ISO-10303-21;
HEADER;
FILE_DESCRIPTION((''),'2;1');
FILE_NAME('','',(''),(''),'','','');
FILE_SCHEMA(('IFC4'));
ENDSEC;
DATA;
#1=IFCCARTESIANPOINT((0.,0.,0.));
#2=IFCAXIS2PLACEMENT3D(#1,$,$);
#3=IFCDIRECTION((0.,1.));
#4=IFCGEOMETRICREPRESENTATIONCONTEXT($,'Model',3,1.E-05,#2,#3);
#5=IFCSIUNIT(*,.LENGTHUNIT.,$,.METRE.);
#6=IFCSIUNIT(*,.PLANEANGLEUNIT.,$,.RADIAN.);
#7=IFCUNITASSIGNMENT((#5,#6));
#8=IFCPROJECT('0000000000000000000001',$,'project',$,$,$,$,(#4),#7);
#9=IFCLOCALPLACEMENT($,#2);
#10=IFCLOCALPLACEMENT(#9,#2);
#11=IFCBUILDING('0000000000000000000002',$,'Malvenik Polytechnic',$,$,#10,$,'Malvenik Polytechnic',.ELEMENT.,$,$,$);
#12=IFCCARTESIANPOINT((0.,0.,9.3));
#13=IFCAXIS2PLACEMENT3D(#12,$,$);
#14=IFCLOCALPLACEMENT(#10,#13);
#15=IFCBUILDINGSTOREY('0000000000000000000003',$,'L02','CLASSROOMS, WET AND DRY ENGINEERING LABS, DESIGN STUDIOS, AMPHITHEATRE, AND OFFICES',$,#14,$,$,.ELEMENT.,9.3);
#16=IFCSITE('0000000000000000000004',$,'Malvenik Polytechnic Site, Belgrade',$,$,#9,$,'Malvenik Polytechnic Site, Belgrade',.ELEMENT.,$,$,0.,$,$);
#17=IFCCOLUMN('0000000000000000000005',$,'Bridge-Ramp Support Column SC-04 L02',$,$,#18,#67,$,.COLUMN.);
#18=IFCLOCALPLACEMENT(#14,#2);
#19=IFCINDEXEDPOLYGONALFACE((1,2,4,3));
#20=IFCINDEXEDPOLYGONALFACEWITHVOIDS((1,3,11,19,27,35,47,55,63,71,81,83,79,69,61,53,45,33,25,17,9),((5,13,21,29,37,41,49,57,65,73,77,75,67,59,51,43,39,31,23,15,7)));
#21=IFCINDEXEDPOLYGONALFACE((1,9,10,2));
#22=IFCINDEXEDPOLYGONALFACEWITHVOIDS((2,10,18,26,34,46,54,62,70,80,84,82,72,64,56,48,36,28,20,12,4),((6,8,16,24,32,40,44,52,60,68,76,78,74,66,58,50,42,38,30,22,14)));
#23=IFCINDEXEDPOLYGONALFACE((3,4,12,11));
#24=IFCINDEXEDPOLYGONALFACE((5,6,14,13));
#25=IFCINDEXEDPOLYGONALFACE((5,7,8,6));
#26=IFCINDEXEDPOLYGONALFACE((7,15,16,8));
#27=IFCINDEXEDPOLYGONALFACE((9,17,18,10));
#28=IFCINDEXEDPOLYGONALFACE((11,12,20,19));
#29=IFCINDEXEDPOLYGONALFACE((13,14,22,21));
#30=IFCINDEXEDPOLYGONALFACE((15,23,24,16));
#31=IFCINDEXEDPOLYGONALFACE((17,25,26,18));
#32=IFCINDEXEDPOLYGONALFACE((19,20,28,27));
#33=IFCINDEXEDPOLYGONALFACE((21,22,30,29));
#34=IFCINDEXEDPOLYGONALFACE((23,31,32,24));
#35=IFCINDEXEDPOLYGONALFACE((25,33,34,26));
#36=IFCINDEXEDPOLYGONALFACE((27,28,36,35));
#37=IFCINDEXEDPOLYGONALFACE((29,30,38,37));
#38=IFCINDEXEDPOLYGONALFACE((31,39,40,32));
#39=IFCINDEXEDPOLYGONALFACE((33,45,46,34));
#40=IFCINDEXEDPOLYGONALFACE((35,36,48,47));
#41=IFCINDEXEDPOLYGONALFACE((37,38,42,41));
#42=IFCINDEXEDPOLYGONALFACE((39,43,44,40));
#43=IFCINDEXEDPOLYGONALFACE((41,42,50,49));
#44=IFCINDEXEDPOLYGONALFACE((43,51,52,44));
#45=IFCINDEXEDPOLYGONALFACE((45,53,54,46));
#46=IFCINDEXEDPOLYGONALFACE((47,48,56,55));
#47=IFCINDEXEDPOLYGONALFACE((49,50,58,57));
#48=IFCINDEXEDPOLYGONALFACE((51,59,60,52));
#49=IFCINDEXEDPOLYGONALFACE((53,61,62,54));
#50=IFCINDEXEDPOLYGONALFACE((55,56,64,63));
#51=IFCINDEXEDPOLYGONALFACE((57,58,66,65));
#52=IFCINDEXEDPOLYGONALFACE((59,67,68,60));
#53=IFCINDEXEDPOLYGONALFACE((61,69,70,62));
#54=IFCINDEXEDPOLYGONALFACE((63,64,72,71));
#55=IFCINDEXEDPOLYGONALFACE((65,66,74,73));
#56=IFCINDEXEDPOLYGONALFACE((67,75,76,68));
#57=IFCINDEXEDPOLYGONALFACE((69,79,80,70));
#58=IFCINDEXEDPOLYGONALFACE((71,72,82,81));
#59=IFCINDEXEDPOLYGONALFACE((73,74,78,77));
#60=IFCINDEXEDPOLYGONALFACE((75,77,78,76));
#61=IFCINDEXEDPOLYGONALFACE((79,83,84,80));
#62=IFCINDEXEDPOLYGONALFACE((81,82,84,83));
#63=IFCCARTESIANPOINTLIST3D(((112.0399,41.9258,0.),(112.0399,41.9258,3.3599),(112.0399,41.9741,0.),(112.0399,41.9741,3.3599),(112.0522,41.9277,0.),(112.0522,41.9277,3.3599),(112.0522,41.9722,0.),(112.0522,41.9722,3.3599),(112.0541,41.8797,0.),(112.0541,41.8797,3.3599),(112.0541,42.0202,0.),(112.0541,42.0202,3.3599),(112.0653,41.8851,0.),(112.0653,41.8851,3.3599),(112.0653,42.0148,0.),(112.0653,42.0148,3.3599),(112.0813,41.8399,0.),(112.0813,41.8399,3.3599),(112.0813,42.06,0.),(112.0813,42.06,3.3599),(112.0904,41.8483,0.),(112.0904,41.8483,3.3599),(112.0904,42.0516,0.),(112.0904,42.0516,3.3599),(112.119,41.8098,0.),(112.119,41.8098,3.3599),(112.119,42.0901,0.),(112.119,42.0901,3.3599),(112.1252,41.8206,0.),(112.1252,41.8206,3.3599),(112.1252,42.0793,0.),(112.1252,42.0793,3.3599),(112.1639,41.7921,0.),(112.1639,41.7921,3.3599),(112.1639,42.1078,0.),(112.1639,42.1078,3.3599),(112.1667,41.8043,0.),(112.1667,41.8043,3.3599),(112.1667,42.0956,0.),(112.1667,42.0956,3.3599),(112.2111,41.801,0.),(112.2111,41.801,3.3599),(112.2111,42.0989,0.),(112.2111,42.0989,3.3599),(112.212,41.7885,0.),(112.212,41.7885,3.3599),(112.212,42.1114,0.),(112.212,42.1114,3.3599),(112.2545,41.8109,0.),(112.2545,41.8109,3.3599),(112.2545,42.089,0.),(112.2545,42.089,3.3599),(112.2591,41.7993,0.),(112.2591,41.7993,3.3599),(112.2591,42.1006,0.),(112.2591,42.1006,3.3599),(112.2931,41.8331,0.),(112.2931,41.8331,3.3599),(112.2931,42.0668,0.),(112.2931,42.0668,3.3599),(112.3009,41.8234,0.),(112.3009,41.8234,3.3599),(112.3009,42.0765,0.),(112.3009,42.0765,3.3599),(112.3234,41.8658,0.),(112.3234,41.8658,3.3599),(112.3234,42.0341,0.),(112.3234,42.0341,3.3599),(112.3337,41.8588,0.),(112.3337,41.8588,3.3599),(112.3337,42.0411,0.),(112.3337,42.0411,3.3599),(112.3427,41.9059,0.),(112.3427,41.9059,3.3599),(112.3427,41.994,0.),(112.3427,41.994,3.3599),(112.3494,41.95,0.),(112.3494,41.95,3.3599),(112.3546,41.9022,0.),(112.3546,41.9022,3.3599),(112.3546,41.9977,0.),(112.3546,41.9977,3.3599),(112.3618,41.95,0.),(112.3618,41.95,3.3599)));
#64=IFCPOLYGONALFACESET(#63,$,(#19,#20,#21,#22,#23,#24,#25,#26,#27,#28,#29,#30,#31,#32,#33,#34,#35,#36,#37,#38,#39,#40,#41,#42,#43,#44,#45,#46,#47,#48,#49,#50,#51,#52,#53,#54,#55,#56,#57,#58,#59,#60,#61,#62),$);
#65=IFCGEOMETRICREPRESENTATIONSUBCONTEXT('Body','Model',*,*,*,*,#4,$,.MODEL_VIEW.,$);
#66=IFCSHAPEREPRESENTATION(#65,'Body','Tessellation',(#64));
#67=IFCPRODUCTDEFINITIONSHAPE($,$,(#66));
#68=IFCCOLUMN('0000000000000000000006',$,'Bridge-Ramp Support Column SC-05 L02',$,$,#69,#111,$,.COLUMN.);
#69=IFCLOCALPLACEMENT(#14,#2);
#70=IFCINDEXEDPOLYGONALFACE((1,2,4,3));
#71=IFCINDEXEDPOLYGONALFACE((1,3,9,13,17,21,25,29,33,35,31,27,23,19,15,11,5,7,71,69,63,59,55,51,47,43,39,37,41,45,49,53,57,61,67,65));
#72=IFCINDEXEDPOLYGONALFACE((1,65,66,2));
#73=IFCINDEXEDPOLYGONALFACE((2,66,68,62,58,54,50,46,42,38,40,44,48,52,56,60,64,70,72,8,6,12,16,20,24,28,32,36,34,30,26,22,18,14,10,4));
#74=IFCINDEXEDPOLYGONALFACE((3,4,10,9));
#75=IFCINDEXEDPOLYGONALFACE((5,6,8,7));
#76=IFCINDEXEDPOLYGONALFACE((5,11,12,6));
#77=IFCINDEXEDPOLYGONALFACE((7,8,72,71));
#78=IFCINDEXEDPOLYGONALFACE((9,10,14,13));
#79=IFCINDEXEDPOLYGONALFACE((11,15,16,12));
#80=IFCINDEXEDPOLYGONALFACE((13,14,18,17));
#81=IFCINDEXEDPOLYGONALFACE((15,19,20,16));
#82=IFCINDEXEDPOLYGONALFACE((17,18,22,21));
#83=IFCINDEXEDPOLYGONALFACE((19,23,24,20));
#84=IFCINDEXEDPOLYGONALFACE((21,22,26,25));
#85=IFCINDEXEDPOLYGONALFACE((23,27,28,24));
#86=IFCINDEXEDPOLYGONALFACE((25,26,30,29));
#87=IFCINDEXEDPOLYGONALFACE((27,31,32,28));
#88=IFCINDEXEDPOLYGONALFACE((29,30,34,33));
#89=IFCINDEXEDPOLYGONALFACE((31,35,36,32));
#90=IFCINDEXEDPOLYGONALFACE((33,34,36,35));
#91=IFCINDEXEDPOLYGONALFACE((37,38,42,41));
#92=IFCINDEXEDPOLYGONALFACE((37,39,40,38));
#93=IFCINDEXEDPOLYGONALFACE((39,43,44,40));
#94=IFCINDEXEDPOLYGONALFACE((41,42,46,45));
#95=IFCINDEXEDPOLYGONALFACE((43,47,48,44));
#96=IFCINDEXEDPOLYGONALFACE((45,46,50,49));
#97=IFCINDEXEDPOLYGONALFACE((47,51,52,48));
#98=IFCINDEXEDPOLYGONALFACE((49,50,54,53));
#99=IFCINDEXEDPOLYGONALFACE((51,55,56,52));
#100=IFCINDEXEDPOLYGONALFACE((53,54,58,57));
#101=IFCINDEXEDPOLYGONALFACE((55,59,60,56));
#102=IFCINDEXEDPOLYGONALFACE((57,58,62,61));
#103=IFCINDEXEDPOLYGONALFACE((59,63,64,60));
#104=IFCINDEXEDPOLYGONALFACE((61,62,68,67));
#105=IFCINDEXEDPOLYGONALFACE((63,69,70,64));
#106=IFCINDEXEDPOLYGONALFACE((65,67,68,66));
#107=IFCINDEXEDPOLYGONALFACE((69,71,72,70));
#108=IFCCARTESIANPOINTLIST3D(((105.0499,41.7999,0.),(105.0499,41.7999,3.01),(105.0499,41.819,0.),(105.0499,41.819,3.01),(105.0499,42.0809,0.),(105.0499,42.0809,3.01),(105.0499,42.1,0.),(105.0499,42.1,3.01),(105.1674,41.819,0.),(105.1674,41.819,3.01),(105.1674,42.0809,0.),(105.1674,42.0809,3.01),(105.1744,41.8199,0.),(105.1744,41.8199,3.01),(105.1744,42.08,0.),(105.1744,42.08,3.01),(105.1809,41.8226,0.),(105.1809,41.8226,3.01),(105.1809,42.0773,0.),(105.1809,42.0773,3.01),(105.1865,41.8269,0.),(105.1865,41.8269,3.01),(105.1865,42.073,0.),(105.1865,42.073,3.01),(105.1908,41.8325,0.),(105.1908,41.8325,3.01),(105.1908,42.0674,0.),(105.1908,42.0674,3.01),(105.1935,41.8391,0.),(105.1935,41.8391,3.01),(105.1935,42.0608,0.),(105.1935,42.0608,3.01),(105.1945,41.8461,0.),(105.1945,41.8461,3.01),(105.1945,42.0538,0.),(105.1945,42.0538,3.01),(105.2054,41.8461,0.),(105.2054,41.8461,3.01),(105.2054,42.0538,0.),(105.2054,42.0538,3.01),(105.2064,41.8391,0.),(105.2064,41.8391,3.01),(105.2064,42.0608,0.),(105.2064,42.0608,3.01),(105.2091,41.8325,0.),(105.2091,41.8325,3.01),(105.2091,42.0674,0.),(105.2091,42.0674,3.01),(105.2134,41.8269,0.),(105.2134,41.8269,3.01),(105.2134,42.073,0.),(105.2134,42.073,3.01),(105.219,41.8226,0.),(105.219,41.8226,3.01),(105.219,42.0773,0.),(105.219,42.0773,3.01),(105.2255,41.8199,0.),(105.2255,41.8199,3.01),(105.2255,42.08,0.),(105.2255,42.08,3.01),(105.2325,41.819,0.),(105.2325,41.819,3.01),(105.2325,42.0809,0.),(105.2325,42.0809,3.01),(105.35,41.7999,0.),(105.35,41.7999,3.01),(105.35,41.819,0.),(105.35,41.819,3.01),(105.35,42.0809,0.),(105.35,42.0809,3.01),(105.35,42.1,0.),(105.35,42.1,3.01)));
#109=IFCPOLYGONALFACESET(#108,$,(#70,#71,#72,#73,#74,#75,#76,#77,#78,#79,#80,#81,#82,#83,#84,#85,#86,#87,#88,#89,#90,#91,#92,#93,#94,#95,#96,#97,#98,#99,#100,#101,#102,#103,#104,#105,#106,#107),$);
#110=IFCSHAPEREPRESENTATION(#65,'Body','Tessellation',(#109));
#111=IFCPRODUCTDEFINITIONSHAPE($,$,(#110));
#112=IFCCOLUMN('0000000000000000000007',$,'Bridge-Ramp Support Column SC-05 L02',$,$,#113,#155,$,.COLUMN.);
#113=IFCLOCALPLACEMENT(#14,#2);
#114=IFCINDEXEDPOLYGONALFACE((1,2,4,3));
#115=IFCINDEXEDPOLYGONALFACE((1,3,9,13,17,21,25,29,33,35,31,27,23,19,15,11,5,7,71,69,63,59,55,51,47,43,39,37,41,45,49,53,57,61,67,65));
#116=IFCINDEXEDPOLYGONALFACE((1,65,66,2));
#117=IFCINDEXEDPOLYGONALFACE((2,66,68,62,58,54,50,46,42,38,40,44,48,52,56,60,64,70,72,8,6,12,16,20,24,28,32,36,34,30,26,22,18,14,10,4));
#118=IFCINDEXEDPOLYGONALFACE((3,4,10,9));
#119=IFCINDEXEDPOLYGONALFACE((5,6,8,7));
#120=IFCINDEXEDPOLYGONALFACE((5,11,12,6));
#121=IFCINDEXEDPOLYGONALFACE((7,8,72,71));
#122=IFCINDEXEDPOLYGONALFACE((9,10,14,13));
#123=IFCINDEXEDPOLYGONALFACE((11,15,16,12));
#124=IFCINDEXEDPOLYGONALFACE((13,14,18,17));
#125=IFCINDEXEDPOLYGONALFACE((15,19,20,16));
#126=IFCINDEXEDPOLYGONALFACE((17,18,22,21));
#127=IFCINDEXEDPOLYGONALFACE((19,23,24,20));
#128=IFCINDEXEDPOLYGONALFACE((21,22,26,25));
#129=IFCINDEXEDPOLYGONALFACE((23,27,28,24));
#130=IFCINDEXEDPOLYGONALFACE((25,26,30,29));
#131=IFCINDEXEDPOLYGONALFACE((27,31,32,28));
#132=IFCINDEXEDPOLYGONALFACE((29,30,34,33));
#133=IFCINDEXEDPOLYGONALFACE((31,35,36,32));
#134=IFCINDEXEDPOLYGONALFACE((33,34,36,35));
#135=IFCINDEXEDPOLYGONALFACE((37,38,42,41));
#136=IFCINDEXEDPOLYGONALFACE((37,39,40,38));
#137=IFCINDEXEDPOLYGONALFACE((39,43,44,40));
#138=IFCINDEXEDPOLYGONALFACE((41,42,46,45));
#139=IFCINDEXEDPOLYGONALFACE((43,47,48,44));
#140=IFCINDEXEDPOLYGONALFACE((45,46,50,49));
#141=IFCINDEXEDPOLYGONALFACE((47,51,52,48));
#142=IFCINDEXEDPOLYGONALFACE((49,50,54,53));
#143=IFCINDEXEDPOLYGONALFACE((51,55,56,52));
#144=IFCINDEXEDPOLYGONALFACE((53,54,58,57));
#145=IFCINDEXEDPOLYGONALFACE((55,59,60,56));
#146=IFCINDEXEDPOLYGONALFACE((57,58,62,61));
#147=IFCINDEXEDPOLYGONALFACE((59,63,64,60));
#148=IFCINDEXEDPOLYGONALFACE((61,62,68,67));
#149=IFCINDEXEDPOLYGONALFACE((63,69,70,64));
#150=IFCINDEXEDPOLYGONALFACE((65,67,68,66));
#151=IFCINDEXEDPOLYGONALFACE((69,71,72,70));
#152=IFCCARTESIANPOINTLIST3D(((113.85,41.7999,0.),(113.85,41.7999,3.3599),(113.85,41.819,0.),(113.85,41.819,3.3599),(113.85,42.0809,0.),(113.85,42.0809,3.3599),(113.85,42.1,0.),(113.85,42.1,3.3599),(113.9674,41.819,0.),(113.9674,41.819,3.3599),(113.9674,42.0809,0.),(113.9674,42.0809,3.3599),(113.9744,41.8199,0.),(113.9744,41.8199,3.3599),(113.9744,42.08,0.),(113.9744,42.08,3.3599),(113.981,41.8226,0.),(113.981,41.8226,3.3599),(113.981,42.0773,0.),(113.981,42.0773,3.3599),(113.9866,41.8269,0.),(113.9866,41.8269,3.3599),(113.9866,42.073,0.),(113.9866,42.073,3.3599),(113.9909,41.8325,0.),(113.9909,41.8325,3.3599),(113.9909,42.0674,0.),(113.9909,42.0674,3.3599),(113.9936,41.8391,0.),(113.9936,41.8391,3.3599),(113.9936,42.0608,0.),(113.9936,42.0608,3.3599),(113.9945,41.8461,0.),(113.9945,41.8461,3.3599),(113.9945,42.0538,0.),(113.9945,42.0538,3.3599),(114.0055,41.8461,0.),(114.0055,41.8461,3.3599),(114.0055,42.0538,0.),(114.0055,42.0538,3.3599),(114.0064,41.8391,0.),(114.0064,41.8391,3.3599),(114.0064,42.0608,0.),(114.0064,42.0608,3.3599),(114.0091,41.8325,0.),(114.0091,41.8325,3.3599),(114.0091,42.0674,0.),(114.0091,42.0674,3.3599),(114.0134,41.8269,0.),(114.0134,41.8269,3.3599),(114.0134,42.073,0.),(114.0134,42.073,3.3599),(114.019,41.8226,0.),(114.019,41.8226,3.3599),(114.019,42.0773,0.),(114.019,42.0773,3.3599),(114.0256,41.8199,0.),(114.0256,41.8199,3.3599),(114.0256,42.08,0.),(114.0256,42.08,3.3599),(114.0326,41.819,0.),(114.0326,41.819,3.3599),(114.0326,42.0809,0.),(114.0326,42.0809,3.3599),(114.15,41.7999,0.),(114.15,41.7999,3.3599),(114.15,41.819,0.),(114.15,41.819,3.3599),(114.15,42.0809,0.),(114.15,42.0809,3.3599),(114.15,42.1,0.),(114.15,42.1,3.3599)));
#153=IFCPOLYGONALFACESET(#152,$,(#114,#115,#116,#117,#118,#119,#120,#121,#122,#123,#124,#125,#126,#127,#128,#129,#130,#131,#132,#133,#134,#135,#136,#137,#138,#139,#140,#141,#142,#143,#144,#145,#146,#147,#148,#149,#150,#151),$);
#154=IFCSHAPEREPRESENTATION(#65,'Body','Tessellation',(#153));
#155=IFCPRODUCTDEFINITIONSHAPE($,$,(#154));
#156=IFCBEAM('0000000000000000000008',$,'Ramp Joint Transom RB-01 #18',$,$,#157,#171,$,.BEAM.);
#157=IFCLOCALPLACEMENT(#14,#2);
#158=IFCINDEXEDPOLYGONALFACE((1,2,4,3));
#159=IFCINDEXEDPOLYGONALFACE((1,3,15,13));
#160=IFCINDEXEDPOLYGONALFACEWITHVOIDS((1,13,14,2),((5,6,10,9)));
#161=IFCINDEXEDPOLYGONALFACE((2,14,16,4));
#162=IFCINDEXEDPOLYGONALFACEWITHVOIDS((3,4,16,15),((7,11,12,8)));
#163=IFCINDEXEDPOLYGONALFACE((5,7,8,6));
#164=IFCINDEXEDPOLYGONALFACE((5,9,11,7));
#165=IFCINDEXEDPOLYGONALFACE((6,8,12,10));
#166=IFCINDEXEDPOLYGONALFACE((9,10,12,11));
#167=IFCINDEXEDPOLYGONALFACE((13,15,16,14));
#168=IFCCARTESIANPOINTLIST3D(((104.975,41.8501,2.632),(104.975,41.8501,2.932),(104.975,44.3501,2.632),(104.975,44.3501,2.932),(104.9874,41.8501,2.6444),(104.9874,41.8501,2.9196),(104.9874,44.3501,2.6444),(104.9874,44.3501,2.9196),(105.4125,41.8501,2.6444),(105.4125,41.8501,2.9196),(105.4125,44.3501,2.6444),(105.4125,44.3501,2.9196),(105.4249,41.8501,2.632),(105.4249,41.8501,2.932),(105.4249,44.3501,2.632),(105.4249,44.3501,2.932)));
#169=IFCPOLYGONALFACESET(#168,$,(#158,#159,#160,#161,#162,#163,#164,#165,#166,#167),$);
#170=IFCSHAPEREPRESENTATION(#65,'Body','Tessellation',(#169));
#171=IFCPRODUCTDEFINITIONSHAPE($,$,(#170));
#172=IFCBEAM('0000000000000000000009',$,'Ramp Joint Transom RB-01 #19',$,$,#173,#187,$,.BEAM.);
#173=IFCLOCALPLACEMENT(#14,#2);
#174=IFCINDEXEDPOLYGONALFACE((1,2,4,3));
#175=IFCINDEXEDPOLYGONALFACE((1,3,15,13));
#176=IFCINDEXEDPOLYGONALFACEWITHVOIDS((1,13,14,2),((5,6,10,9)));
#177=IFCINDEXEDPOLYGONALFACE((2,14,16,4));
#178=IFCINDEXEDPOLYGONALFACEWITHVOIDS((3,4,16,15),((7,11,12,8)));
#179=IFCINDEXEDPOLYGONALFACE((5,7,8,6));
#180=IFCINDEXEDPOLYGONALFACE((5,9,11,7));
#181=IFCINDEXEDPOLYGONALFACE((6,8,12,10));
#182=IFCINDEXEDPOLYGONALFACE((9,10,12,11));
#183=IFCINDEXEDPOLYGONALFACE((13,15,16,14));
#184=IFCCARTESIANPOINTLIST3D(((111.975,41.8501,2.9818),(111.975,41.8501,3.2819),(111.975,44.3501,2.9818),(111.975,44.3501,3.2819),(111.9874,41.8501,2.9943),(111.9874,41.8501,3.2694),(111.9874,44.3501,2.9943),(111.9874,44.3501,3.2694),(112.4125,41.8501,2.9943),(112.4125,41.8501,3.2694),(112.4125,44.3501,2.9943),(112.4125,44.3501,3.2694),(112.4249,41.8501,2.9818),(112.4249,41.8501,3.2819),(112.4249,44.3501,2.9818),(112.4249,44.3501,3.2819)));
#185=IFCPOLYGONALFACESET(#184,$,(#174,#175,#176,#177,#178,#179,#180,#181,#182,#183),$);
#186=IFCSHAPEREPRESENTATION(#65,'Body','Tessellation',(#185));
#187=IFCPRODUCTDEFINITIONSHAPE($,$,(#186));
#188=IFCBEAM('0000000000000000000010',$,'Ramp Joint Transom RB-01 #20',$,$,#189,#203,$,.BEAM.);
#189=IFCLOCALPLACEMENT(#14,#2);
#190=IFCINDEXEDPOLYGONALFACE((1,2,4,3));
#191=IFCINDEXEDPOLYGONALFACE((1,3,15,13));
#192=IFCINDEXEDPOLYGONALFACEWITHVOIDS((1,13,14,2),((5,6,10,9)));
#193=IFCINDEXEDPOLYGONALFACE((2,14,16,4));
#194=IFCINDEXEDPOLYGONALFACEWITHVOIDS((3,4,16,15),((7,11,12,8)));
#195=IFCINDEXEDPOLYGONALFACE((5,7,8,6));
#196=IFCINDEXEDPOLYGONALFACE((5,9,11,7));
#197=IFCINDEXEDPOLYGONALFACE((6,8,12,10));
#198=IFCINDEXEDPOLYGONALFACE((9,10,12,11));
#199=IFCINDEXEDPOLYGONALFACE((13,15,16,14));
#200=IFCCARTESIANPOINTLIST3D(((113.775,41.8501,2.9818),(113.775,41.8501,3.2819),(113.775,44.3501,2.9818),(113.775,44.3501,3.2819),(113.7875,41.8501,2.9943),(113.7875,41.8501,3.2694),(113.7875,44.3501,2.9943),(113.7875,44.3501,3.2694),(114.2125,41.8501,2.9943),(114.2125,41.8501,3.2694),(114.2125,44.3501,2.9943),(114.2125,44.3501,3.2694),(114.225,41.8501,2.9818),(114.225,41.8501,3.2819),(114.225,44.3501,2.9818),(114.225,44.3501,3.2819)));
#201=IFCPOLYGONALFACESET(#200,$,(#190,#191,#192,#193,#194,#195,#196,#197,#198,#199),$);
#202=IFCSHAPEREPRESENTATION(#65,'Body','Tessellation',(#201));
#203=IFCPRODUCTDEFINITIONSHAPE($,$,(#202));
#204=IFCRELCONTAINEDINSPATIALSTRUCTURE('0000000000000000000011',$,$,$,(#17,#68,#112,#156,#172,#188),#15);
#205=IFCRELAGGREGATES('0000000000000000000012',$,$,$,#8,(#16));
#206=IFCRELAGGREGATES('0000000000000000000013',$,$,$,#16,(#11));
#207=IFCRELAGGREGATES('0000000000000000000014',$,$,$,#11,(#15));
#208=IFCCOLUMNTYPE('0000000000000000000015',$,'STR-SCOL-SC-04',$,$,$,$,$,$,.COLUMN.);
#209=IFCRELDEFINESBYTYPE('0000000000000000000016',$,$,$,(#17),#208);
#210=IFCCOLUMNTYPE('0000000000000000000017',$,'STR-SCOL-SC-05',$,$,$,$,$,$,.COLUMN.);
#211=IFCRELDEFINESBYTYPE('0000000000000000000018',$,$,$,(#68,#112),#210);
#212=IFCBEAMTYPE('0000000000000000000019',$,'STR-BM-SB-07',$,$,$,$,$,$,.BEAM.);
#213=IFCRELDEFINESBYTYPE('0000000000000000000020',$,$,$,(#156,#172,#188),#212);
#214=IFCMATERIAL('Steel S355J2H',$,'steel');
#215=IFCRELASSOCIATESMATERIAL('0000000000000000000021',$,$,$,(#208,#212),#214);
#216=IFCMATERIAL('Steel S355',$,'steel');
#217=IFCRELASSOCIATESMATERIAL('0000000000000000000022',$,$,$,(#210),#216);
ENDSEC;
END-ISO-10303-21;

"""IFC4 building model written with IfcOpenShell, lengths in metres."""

from ifc_helpers import new_model, si_unit, direction, frame, origin, origin_2d, place, context, subcontext, project, spatial, hollow_rectangle, hollow_circle, i_section, extrude, material, material_profile, profile_set, type_object, element, save


model = new_model("IFC4")

# Units and contexts
model_context = context("Model", 3, precision=1e-05, world=origin(), true_north=direction((0.0, 1.0)))
body_context = subcontext(model_context, "Body", "Model", "MODEL_VIEW")
ifc_project = project(units=[si_unit("LENGTHUNIT", "METRE"), si_unit("PLANEANGLEUNIT", "RADIAN")], contexts=[model_context])

# Site, building, storey
site_placement = place(None, origin())
site = spatial("IfcSite", under=ifc_project, at=site_placement, Name="Malvenik Polytechnic Site, Belgrade", LongName="Malvenik Polytechnic Site, Belgrade", CompositionType="ELEMENT", RefElevation=0.0)
building_placement = place(site_placement, origin())
building = spatial("IfcBuilding", under=site, at=building_placement, Name="Malvenik Polytechnic", LongName="Malvenik Polytechnic", CompositionType="ELEMENT")
storey_placement = place(building_placement, frame((0.0, 0.0, 9.3)))
storey = spatial("IfcBuildingStorey", under=building, at=storey_placement, Name="L02", Description="CLASSROOMS, WET AND DRY ENGINEERING LABS, DESIGN STUDIOS, AMPHITHEATRE, AND OFFICES", CompositionType="ELEMENT", Elevation=9.3)

# Columns
ifc_material_1 = material(Name="Steel S355J2H", Category="steel")
ifc_material_profile_1 = material_profile(ifc_material_1, hollow_circle(Radius=0.1619, WallThickness=0.0125, at=origin_2d()), Name="CHS 323.9x12.5")
ifc_profile_set_1 = profile_set([ifc_material_profile_1], Name="Steel S355J2H")
column_type_1 = type_object("IfcColumnType", Name="STR-SCOL-SC-04", PredefinedType="COLUMN", material=ifc_profile_set_1)
column_1_placement = place(storey_placement, frame((112.2, 41.95, 0.0), z_axis=(0.0, 0.0, 1.0), x_axis=(1.0, 0.0, 0.0)))
element("IfcColumn", 1, at=column_1_placement, inside=storey, type_object=column_type_1, Name="Bridge-Ramp Support Column SC-04 L02", PredefinedType="COLUMN", context=body_context, shape_type="SweptSolid", body=[
    extrude(hollow_circle(Radius=0.1619, WallThickness=0.0125, at=origin_2d()), origin(), (0.0, 0.0, 1.0), 3.3599),
])
ifc_material_2 = material(Name="Steel S355", Category="steel")
ifc_material_profile_2 = material_profile(ifc_material_2, i_section(OverallWidth=0.3, OverallDepth=0.3, WebThickness=0.011, FlangeThickness=0.019, FilletRadius=0.0271, at=origin_2d()), Name="HEB 300")
ifc_profile_set_2 = profile_set([ifc_material_profile_2], Name="Steel S355")
column_type_2 = type_object("IfcColumnType", Name="STR-SCOL-SC-05", PredefinedType="COLUMN", material=ifc_profile_set_2)
column_2_placement = place(storey_placement, frame((105.2, 41.95, 0.0), z_axis=(0.0, 0.0, 1.0), x_axis=(1.0, 0.0, 0.0)))
element("IfcColumn", 2, at=column_2_placement, inside=storey, type_object=column_type_2, Name="Bridge-Ramp Support Column SC-05 L02", PredefinedType="COLUMN", context=body_context, shape_type="SweptSolid", body=[
    extrude(i_section(OverallWidth=0.3, OverallDepth=0.3, WebThickness=0.011, FlangeThickness=0.019, FilletRadius=0.0271, at=origin_2d()), origin(), (0.0, 0.0, 1.0), 3.01),
])
column_3_placement = place(storey_placement, frame((114.0, 41.95, 0.0), z_axis=(0.0, 0.0, 1.0), x_axis=(1.0, 0.0, 0.0)))
element("IfcColumn", 3, at=column_3_placement, inside=storey, type_object=column_type_2, Name="Bridge-Ramp Support Column SC-05 L02", PredefinedType="COLUMN", context=body_context, shape_type="SweptSolid", body=[
    extrude(i_section(OverallWidth=0.3, OverallDepth=0.3, WebThickness=0.011, FlangeThickness=0.019, FilletRadius=0.0271, at=origin_2d()), origin(), (0.0, 0.0, 1.0), 3.3599),
])

# Beams
ifc_material_profile_3 = material_profile(ifc_material_1, hollow_rectangle(XDim=0.45, YDim=0.3, WallThickness=0.0125, at=origin_2d()), Name="RHS 450x300x12.5")
ifc_profile_set_3 = profile_set([ifc_material_profile_3], Name="Steel S355J2H")
beam_type = type_object("IfcBeamType", Name="STR-BM-SB-07", PredefinedType="BEAM", material=ifc_profile_set_3)
for number, where, z_axis, x_axis, name in (
    (4, (105.2, 41.8501, 2.782), (0.0, 1.0, 0.0), (-1.0, 0.0, 0.0), "Ramp Joint Transom RB-01 #18"),
    (5, (112.2, 41.8501, 3.1318), (0.0, 1.0, 0.0), (-1.0, 0.0, 0.0), "Ramp Joint Transom RB-01 #19"),
    (6, (114.0, 41.8501, 3.1318), (0.0, 1.0, 0.0), (-1.0, 0.0, 0.0), "Ramp Joint Transom RB-01 #20"),
):
    element("IfcBeam", number, at=place(storey_placement, frame(where, z_axis=z_axis, x_axis=x_axis)), inside=storey, type_object=beam_type, Name=name, PredefinedType="BEAM", context=body_context, shape_type="SweptSolid", body=[
        extrude(hollow_rectangle(XDim=0.45, YDim=0.3, WallThickness=0.0125, at=origin_2d()), origin(), (0.0, 0.0, 1.0), 2.5),
    ])

save(model, "model.ifc")
